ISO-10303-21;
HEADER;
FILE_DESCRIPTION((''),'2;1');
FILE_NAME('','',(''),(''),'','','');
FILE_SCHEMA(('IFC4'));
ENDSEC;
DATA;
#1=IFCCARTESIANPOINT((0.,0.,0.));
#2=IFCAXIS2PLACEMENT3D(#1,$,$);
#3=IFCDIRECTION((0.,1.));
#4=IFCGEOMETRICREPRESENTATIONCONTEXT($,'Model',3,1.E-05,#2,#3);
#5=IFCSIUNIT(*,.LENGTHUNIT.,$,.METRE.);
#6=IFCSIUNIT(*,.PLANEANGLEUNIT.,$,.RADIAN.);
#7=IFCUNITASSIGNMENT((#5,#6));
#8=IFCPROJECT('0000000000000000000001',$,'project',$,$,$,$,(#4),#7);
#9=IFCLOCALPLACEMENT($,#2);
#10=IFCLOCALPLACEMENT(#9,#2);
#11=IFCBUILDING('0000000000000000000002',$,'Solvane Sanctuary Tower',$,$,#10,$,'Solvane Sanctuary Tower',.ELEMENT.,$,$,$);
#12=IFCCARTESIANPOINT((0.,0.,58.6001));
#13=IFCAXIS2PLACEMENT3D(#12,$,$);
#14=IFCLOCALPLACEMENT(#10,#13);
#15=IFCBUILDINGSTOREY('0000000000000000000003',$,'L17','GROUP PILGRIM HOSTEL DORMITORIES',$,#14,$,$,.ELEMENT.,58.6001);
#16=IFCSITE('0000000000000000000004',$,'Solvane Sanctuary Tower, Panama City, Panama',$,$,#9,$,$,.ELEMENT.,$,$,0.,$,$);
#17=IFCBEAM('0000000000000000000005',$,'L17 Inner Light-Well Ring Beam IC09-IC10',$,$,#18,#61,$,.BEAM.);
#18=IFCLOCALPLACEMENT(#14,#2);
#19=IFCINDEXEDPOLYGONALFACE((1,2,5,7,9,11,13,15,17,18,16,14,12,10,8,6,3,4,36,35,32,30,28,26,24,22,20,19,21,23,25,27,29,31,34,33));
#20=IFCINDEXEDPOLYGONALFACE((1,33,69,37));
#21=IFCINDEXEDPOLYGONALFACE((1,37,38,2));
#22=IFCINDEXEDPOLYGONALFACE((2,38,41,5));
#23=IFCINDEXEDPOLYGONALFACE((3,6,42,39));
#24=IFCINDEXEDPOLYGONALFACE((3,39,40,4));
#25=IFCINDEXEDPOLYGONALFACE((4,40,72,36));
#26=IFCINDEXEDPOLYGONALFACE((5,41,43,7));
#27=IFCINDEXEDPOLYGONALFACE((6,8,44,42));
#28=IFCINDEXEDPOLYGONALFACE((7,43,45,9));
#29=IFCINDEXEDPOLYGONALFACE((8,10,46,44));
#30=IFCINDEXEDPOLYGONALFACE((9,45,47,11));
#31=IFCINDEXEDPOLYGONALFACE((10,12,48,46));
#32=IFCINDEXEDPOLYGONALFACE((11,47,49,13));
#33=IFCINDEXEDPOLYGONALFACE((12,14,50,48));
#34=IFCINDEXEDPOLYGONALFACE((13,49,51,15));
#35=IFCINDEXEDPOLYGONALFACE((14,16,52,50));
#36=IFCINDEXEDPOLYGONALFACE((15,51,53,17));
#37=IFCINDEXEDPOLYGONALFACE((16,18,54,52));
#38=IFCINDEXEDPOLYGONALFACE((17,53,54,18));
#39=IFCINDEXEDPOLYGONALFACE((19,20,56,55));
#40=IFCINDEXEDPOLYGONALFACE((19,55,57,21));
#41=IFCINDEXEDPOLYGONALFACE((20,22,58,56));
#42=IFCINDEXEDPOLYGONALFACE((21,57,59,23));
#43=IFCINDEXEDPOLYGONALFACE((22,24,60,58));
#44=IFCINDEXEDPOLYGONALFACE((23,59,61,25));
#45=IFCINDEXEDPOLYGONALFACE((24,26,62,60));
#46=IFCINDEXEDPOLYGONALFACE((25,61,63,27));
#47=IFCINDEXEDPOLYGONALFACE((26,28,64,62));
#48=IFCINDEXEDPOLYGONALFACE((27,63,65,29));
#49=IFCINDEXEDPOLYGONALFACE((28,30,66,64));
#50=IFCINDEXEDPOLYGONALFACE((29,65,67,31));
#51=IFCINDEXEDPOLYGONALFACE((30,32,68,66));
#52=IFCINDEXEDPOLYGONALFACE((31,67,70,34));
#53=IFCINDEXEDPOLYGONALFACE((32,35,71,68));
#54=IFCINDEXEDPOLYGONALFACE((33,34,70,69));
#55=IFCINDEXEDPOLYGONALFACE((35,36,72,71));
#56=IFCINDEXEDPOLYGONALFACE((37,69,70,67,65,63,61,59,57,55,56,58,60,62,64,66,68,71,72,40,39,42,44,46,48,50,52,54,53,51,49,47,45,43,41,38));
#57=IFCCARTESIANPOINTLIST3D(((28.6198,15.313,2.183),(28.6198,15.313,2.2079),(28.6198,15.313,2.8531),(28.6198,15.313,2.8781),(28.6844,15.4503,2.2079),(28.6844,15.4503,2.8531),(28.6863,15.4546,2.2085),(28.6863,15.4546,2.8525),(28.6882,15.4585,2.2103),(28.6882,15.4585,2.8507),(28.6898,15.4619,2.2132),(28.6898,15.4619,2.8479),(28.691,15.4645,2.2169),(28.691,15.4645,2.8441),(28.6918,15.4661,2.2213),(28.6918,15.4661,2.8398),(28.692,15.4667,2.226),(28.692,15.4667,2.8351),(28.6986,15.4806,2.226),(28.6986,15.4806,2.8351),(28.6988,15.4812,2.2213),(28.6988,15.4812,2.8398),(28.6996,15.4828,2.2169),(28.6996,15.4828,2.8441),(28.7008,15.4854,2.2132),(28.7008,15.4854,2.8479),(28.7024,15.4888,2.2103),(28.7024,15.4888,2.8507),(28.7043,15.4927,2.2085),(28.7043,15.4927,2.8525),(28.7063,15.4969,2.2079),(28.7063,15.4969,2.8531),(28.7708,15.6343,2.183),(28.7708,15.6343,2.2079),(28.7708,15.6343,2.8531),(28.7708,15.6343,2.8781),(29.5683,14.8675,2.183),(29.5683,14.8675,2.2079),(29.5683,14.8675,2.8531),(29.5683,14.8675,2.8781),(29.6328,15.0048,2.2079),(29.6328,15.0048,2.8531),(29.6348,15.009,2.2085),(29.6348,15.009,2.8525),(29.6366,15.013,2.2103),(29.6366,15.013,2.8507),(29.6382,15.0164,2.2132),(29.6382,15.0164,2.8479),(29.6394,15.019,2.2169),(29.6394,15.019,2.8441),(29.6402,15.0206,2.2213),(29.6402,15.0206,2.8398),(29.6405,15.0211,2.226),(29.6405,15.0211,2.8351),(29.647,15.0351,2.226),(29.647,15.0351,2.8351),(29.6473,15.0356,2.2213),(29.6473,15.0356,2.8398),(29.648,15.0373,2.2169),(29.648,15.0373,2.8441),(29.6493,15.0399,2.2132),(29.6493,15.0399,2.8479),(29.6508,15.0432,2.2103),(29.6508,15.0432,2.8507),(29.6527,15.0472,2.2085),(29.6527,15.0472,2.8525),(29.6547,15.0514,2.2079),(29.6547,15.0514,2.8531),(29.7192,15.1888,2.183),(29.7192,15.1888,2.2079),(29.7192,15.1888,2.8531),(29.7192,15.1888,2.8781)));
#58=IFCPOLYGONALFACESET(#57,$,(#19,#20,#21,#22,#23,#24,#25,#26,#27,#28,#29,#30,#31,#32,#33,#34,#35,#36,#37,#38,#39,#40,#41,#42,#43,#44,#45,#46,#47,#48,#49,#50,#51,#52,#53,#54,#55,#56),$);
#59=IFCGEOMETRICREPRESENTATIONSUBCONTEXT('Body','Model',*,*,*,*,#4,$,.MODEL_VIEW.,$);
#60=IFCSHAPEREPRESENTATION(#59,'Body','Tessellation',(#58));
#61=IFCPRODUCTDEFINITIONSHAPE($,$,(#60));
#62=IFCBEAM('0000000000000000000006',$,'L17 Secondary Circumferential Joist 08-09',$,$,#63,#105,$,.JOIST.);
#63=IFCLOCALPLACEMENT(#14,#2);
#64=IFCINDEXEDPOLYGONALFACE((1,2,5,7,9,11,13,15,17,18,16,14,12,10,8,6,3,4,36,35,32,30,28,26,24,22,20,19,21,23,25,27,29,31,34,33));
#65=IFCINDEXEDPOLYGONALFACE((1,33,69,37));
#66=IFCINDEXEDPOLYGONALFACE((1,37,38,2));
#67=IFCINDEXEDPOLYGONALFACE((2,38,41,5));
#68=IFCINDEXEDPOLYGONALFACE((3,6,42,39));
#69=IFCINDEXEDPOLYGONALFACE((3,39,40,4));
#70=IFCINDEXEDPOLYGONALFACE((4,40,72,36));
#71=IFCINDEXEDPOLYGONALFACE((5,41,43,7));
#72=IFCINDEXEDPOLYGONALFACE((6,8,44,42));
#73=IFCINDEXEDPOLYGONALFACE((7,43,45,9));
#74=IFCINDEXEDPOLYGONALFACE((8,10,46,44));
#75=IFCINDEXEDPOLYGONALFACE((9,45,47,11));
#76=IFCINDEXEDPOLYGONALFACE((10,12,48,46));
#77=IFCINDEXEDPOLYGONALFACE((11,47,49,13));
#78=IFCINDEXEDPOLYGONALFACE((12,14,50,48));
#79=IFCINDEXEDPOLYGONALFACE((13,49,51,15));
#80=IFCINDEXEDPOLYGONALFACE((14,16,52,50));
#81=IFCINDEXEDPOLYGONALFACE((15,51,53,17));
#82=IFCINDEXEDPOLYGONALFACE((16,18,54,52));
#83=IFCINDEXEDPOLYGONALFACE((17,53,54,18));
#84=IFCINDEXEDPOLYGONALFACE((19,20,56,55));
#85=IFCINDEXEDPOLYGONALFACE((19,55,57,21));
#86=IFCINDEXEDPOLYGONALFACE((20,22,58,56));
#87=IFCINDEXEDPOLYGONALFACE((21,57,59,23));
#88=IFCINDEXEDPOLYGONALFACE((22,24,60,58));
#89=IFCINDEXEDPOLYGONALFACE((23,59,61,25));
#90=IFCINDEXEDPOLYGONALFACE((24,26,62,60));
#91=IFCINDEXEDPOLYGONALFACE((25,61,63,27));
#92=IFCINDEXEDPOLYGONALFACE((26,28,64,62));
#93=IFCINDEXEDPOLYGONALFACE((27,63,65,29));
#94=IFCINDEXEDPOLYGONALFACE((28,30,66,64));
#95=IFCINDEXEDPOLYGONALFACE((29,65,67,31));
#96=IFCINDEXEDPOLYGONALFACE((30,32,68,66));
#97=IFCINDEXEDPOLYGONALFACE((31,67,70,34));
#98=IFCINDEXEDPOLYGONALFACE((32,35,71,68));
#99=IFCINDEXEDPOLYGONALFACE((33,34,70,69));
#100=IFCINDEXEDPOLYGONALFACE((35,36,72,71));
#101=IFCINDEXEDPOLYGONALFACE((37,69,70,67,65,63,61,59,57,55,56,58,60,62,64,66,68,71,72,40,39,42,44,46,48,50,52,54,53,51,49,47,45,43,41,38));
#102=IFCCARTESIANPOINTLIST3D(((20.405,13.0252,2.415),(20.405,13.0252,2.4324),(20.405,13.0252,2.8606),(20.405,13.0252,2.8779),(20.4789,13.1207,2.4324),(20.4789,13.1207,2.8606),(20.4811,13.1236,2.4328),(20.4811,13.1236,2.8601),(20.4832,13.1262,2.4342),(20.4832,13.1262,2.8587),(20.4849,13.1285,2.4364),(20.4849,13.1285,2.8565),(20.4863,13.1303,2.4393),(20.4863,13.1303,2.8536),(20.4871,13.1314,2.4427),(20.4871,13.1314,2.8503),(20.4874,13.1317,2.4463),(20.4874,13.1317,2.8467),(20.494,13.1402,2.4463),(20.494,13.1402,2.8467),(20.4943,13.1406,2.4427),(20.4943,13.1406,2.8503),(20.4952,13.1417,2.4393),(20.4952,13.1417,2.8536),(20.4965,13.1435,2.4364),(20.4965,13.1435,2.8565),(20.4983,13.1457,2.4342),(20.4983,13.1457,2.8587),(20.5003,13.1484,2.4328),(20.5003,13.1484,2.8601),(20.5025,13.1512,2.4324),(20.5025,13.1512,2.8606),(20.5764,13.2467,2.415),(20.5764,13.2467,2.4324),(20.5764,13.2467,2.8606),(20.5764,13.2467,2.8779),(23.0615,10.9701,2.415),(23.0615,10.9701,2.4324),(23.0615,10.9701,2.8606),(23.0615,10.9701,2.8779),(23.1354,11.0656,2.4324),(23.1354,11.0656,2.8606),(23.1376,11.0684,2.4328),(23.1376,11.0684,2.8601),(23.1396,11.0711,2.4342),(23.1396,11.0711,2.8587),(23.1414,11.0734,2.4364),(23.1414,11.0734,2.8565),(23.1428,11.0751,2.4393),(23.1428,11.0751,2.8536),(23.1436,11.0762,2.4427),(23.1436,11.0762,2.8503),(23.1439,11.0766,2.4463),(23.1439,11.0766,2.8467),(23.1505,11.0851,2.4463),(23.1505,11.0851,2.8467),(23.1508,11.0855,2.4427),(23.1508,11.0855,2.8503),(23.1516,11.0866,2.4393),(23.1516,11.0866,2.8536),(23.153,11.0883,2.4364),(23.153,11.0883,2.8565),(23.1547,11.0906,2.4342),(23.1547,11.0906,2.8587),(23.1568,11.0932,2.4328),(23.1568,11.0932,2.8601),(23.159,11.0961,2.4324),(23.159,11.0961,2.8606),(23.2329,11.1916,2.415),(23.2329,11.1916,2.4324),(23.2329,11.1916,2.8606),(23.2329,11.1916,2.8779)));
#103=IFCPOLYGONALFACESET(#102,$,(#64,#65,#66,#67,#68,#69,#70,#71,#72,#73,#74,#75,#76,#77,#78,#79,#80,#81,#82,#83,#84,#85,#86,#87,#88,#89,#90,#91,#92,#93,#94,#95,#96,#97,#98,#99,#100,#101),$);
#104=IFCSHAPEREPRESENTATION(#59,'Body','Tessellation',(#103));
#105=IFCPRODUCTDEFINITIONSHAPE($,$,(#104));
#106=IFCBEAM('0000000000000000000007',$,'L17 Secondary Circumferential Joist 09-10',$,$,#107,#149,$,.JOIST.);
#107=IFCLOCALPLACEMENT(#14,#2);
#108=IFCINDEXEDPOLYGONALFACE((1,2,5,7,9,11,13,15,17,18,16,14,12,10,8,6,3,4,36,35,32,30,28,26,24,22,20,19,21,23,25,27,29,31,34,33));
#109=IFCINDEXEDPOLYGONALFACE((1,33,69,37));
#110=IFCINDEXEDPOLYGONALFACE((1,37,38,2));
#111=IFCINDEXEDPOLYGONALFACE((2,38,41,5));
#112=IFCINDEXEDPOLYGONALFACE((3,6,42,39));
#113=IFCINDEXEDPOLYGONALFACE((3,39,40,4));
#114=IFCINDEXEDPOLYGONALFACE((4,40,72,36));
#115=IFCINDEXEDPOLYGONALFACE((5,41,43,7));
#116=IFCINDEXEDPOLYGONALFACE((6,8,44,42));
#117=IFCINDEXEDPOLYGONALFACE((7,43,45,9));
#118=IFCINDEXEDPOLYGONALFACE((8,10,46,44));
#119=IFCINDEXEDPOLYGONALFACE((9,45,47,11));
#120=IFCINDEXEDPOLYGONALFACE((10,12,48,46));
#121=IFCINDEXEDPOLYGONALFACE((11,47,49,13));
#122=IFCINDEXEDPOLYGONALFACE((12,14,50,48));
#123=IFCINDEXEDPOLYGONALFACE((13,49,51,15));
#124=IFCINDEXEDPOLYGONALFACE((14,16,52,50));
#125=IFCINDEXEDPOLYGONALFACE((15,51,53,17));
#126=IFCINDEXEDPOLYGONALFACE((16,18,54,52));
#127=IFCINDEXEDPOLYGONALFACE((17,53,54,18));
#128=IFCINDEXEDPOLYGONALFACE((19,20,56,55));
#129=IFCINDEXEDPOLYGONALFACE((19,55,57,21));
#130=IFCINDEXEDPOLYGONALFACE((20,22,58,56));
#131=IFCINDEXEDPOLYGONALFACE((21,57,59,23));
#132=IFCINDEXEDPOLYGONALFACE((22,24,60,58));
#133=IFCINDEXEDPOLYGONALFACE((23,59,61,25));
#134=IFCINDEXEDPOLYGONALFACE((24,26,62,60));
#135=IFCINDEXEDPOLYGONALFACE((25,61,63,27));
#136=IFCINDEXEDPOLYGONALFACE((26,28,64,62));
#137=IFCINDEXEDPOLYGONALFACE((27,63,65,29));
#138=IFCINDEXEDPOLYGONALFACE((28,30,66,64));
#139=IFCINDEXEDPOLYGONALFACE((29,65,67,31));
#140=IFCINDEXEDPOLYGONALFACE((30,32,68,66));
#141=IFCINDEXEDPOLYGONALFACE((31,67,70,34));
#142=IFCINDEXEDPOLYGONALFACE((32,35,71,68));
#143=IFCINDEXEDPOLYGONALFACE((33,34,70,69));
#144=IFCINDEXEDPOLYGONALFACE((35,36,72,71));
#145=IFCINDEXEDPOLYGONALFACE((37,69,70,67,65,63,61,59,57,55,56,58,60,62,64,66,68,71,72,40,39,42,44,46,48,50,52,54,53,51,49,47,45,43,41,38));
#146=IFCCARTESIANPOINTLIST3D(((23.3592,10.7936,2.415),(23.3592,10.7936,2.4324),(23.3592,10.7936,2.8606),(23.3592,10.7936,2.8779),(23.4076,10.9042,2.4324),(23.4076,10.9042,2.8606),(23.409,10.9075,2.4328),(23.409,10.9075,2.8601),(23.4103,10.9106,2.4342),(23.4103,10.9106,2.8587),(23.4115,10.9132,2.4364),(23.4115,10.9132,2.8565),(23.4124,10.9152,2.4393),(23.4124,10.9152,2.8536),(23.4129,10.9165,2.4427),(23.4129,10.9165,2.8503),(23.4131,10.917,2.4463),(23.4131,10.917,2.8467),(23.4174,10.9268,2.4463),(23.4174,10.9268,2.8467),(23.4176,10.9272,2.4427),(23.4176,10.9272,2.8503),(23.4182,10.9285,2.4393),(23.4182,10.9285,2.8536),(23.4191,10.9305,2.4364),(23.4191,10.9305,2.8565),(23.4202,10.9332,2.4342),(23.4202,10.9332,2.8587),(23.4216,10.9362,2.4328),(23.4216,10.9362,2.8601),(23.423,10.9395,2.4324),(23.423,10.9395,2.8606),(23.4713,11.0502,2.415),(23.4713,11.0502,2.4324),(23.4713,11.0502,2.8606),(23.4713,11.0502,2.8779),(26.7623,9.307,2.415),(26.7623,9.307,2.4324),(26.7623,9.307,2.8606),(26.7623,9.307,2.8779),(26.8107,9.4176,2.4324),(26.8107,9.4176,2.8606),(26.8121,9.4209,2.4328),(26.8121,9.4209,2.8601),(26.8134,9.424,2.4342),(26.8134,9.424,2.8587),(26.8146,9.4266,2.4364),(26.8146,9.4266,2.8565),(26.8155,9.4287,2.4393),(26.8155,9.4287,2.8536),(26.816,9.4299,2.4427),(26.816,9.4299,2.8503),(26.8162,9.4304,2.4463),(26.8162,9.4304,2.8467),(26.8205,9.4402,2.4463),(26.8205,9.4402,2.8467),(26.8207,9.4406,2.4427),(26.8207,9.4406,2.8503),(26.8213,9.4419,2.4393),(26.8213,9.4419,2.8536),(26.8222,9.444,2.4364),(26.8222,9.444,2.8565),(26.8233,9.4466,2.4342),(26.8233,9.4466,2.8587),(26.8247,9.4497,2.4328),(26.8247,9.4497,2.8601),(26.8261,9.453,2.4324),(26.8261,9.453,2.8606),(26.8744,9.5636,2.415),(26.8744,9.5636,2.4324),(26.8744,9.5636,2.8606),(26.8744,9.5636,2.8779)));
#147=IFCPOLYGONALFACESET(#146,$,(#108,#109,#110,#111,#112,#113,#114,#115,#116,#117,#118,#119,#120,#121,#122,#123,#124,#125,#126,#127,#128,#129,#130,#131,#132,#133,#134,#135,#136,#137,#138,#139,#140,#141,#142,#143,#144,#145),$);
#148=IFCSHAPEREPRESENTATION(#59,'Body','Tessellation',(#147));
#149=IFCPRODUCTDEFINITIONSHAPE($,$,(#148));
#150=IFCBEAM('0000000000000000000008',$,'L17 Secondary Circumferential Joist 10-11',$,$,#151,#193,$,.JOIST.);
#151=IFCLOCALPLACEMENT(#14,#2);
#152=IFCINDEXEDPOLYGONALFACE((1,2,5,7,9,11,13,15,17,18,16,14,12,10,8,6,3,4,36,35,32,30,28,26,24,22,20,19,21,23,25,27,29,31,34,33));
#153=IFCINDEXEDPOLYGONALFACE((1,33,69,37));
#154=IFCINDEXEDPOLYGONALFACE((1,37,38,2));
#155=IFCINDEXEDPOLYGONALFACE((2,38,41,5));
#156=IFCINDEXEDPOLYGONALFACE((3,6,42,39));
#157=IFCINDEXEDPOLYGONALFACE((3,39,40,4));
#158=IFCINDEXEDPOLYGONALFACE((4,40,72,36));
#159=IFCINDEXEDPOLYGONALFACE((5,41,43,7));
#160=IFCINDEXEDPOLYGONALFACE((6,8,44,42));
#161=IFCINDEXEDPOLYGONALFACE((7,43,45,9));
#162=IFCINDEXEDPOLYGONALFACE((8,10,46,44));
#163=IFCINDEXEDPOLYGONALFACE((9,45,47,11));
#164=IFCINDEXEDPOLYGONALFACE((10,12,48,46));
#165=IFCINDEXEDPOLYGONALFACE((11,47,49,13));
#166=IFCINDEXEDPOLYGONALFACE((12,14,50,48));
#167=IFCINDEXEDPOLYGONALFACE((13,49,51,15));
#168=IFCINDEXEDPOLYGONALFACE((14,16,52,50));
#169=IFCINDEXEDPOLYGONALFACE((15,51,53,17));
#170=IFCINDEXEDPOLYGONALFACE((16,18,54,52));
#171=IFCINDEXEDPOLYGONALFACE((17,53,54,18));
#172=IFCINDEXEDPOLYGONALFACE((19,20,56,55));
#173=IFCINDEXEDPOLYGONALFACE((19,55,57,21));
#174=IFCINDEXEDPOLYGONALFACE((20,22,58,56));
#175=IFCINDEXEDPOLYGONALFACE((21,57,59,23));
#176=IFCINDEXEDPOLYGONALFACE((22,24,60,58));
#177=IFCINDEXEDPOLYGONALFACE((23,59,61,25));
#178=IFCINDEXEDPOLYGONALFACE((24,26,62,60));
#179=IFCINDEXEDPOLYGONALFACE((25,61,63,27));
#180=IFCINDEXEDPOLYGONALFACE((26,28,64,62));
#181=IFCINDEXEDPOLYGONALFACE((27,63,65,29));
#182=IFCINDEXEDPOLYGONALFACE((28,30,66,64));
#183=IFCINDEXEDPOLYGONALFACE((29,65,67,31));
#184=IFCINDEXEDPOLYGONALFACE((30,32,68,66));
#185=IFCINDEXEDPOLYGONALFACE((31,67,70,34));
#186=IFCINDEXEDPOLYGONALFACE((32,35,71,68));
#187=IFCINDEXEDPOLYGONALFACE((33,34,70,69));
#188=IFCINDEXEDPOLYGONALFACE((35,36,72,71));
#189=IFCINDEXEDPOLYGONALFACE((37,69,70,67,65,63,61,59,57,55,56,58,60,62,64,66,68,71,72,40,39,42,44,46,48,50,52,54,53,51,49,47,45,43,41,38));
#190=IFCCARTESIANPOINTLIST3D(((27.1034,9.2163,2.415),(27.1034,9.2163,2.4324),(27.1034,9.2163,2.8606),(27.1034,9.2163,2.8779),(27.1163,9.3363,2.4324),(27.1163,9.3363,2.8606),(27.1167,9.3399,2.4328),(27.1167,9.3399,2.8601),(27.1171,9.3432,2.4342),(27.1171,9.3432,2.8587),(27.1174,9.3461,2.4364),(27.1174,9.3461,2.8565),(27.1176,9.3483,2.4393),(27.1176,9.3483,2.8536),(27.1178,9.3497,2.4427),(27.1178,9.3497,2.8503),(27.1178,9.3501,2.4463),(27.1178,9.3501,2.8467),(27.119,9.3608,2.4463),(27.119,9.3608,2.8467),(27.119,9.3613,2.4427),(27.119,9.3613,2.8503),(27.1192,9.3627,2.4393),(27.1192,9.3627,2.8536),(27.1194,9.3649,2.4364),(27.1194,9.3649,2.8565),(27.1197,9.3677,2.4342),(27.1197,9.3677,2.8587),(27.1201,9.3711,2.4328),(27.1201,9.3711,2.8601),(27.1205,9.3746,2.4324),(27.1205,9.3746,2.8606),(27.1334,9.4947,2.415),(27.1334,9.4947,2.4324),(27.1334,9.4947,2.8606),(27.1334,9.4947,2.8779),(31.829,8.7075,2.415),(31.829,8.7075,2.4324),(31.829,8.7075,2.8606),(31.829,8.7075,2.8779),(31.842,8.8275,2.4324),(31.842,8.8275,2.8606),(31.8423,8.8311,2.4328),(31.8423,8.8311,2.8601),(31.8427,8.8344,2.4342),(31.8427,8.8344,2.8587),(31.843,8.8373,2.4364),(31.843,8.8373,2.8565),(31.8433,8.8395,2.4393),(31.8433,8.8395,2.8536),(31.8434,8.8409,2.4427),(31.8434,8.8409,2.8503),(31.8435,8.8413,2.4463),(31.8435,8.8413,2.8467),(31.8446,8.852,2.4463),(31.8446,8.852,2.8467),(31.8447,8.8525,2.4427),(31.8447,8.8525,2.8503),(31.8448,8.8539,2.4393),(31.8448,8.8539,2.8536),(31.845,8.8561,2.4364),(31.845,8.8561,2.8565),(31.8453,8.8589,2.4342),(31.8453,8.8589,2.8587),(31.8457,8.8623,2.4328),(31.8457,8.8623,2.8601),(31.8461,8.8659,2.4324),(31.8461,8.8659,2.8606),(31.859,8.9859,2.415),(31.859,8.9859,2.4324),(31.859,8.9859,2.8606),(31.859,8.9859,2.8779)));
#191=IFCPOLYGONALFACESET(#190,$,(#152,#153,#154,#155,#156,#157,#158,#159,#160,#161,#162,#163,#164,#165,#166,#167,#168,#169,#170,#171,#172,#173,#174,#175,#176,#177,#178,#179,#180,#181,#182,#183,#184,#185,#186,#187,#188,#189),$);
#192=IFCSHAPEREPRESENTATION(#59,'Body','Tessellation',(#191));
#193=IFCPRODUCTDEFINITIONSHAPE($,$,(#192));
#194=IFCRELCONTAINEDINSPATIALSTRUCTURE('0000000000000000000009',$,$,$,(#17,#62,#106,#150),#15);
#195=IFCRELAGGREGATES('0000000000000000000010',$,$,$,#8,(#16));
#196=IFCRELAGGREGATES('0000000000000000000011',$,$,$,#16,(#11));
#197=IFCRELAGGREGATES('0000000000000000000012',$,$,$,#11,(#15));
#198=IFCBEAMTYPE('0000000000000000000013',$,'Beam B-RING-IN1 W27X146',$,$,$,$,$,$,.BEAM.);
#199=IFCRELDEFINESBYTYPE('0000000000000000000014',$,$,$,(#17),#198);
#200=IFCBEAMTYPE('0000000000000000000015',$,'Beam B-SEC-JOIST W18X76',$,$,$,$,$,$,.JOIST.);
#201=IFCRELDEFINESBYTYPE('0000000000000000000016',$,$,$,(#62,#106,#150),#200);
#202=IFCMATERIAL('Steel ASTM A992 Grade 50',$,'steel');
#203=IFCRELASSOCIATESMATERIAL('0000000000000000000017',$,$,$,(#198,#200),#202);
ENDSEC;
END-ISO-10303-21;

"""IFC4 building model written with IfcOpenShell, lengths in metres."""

from ifc_helpers import new_model, si_unit, direction, frame, origin, origin_2d, place, context, subcontext, project, spatial, i_section, extrude, material, material_profile, profile_set, type_object, element, save


model = new_model("IFC4")

# Units and contexts
model_context = context("Model", 3, precision=1e-05, world=origin(), true_north=direction((0.0, 1.0)))
body_context = subcontext(model_context, "Body", "Model", "MODEL_VIEW")
ifc_project = project(units=[si_unit("LENGTHUNIT", "METRE"), si_unit("PLANEANGLEUNIT", "RADIAN")], contexts=[model_context])

# Site, building, storey
site_placement = place(None, origin())
site = spatial("IfcSite", under=ifc_project, at=site_placement, Name="Solvane Sanctuary Tower, Panama City, Panama", CompositionType="ELEMENT", RefElevation=0.0)
building_placement = place(site_placement, origin())
building = spatial("IfcBuilding", under=site, at=building_placement, Name="Solvane Sanctuary Tower", LongName="Solvane Sanctuary Tower", CompositionType="ELEMENT")
storey_placement = place(building_placement, frame((0.0, 0.0, 58.6001)))
storey = spatial("IfcBuildingStorey", under=building, at=storey_placement, Name="L17", Description="GROUP PILGRIM HOSTEL DORMITORIES", CompositionType="ELEMENT", Elevation=58.6001)

# Beams
ifc_material_1 = material(Name="Steel ASTM A992 Grade 50", Category="steel")
ifc_material_profile_1 = material_profile(ifc_material_1, i_section(OverallWidth=0.355, OverallDepth=0.6951, WebThickness=0.0154, FlangeThickness=0.0249, FilletRadius=0.0181, at=origin_2d()), Name="W27X146")
ifc_profile_set_1 = profile_set([ifc_material_profile_1], Name="Steel ASTM A992 Grade 50")
beam_type_1 = type_object("IfcBeamType", Name="Beam B-RING-IN1 W27X146", PredefinedType="BEAM", material=ifc_profile_set_1)
beam_1_placement = place(storey_placement, frame((28.6953, 15.4736, 2.5305), z_axis=(0.905109, -0.42518, 0.0), x_axis=(0.42518, 0.905109, 0.0)))
element("IfcBeam", 1, at=beam_1_placement, inside=storey, type_object=beam_type_1, Name="L17 Inner Light-Well Ring Beam IC09-IC10", PredefinedType="BEAM", context=body_context, shape_type="SweptSolid", body=[
    extrude(i_section(OverallWidth=0.355, OverallDepth=0.6951, WebThickness=0.0154, FlangeThickness=0.0249, FilletRadius=0.0181, at=origin_2d()), origin(), (0.0, 0.0, 1.0), 1.0479),
])
ifc_material_profile_2 = material_profile(ifc_material_1, i_section(OverallWidth=0.28, OverallDepth=0.4629, WebThickness=0.0107, FlangeThickness=0.0173, FilletRadius=0.0139, at=origin_2d()), Name="W18X76")
ifc_profile_set_2 = profile_set([ifc_material_profile_2], Name="Steel ASTM A992 Grade 50")
beam_type_2 = type_object("IfcBeamType", Name="Beam B-SEC-JOIST W18X76", PredefinedType="JOIST", material=ifc_profile_set_2)
beam_2_placement = place(storey_placement, frame((20.4907, 13.136, 2.6465), z_axis=(0.790935, -0.6119, 0.0), x_axis=(0.6119, 0.790935, 0.0)))
element("IfcBeam", 2, at=beam_2_placement, inside=storey, type_object=beam_type_2, Name="L17 Secondary Circumferential Joist 08-09", PredefinedType="JOIST", context=body_context, shape_type="SweptSolid", body=[
    extrude(i_section(OverallWidth=0.28, OverallDepth=0.4629, WebThickness=0.0107, FlangeThickness=0.0173, FilletRadius=0.0139, at=origin_2d()), origin(), (0.0, 0.0, 1.0), 3.3586),
])
beam_3_placement = place(storey_placement, frame((23.4153, 10.9219, 2.6465), z_axis=(0.916382, -0.400305, 0.0), x_axis=(0.400305, 0.916382, 0.0)))
element("IfcBeam", 3, at=beam_3_placement, inside=storey, type_object=beam_type_2, Name="L17 Secondary Circumferential Joist 09-10", PredefinedType="JOIST", context=body_context, shape_type="SweptSolid", body=[
    extrude(i_section(OverallWidth=0.28, OverallDepth=0.4629, WebThickness=0.0107, FlangeThickness=0.0173, FilletRadius=0.0139, at=origin_2d()), origin(), (0.0, 0.0, 1.0), 3.7136),
])
beam_4_placement = place(storey_placement, frame((27.1184, 9.3555, 2.6465), z_axis=(0.994254, -0.107048, 0.0), x_axis=(0.107048, 0.994254, 0.0)))
element("IfcBeam", 4, at=beam_4_placement, inside=storey, type_object=beam_type_2, Name="L17 Secondary Circumferential Joist 10-11", PredefinedType="JOIST", context=body_context, shape_type="SweptSolid", body=[
    extrude(i_section(OverallWidth=0.28, OverallDepth=0.4629, WebThickness=0.0107, FlangeThickness=0.0173, FilletRadius=0.0139, at=origin_2d()), origin(), (0.0, 0.0, 1.0), 4.7529),
])

save(model, "model.ifc")
